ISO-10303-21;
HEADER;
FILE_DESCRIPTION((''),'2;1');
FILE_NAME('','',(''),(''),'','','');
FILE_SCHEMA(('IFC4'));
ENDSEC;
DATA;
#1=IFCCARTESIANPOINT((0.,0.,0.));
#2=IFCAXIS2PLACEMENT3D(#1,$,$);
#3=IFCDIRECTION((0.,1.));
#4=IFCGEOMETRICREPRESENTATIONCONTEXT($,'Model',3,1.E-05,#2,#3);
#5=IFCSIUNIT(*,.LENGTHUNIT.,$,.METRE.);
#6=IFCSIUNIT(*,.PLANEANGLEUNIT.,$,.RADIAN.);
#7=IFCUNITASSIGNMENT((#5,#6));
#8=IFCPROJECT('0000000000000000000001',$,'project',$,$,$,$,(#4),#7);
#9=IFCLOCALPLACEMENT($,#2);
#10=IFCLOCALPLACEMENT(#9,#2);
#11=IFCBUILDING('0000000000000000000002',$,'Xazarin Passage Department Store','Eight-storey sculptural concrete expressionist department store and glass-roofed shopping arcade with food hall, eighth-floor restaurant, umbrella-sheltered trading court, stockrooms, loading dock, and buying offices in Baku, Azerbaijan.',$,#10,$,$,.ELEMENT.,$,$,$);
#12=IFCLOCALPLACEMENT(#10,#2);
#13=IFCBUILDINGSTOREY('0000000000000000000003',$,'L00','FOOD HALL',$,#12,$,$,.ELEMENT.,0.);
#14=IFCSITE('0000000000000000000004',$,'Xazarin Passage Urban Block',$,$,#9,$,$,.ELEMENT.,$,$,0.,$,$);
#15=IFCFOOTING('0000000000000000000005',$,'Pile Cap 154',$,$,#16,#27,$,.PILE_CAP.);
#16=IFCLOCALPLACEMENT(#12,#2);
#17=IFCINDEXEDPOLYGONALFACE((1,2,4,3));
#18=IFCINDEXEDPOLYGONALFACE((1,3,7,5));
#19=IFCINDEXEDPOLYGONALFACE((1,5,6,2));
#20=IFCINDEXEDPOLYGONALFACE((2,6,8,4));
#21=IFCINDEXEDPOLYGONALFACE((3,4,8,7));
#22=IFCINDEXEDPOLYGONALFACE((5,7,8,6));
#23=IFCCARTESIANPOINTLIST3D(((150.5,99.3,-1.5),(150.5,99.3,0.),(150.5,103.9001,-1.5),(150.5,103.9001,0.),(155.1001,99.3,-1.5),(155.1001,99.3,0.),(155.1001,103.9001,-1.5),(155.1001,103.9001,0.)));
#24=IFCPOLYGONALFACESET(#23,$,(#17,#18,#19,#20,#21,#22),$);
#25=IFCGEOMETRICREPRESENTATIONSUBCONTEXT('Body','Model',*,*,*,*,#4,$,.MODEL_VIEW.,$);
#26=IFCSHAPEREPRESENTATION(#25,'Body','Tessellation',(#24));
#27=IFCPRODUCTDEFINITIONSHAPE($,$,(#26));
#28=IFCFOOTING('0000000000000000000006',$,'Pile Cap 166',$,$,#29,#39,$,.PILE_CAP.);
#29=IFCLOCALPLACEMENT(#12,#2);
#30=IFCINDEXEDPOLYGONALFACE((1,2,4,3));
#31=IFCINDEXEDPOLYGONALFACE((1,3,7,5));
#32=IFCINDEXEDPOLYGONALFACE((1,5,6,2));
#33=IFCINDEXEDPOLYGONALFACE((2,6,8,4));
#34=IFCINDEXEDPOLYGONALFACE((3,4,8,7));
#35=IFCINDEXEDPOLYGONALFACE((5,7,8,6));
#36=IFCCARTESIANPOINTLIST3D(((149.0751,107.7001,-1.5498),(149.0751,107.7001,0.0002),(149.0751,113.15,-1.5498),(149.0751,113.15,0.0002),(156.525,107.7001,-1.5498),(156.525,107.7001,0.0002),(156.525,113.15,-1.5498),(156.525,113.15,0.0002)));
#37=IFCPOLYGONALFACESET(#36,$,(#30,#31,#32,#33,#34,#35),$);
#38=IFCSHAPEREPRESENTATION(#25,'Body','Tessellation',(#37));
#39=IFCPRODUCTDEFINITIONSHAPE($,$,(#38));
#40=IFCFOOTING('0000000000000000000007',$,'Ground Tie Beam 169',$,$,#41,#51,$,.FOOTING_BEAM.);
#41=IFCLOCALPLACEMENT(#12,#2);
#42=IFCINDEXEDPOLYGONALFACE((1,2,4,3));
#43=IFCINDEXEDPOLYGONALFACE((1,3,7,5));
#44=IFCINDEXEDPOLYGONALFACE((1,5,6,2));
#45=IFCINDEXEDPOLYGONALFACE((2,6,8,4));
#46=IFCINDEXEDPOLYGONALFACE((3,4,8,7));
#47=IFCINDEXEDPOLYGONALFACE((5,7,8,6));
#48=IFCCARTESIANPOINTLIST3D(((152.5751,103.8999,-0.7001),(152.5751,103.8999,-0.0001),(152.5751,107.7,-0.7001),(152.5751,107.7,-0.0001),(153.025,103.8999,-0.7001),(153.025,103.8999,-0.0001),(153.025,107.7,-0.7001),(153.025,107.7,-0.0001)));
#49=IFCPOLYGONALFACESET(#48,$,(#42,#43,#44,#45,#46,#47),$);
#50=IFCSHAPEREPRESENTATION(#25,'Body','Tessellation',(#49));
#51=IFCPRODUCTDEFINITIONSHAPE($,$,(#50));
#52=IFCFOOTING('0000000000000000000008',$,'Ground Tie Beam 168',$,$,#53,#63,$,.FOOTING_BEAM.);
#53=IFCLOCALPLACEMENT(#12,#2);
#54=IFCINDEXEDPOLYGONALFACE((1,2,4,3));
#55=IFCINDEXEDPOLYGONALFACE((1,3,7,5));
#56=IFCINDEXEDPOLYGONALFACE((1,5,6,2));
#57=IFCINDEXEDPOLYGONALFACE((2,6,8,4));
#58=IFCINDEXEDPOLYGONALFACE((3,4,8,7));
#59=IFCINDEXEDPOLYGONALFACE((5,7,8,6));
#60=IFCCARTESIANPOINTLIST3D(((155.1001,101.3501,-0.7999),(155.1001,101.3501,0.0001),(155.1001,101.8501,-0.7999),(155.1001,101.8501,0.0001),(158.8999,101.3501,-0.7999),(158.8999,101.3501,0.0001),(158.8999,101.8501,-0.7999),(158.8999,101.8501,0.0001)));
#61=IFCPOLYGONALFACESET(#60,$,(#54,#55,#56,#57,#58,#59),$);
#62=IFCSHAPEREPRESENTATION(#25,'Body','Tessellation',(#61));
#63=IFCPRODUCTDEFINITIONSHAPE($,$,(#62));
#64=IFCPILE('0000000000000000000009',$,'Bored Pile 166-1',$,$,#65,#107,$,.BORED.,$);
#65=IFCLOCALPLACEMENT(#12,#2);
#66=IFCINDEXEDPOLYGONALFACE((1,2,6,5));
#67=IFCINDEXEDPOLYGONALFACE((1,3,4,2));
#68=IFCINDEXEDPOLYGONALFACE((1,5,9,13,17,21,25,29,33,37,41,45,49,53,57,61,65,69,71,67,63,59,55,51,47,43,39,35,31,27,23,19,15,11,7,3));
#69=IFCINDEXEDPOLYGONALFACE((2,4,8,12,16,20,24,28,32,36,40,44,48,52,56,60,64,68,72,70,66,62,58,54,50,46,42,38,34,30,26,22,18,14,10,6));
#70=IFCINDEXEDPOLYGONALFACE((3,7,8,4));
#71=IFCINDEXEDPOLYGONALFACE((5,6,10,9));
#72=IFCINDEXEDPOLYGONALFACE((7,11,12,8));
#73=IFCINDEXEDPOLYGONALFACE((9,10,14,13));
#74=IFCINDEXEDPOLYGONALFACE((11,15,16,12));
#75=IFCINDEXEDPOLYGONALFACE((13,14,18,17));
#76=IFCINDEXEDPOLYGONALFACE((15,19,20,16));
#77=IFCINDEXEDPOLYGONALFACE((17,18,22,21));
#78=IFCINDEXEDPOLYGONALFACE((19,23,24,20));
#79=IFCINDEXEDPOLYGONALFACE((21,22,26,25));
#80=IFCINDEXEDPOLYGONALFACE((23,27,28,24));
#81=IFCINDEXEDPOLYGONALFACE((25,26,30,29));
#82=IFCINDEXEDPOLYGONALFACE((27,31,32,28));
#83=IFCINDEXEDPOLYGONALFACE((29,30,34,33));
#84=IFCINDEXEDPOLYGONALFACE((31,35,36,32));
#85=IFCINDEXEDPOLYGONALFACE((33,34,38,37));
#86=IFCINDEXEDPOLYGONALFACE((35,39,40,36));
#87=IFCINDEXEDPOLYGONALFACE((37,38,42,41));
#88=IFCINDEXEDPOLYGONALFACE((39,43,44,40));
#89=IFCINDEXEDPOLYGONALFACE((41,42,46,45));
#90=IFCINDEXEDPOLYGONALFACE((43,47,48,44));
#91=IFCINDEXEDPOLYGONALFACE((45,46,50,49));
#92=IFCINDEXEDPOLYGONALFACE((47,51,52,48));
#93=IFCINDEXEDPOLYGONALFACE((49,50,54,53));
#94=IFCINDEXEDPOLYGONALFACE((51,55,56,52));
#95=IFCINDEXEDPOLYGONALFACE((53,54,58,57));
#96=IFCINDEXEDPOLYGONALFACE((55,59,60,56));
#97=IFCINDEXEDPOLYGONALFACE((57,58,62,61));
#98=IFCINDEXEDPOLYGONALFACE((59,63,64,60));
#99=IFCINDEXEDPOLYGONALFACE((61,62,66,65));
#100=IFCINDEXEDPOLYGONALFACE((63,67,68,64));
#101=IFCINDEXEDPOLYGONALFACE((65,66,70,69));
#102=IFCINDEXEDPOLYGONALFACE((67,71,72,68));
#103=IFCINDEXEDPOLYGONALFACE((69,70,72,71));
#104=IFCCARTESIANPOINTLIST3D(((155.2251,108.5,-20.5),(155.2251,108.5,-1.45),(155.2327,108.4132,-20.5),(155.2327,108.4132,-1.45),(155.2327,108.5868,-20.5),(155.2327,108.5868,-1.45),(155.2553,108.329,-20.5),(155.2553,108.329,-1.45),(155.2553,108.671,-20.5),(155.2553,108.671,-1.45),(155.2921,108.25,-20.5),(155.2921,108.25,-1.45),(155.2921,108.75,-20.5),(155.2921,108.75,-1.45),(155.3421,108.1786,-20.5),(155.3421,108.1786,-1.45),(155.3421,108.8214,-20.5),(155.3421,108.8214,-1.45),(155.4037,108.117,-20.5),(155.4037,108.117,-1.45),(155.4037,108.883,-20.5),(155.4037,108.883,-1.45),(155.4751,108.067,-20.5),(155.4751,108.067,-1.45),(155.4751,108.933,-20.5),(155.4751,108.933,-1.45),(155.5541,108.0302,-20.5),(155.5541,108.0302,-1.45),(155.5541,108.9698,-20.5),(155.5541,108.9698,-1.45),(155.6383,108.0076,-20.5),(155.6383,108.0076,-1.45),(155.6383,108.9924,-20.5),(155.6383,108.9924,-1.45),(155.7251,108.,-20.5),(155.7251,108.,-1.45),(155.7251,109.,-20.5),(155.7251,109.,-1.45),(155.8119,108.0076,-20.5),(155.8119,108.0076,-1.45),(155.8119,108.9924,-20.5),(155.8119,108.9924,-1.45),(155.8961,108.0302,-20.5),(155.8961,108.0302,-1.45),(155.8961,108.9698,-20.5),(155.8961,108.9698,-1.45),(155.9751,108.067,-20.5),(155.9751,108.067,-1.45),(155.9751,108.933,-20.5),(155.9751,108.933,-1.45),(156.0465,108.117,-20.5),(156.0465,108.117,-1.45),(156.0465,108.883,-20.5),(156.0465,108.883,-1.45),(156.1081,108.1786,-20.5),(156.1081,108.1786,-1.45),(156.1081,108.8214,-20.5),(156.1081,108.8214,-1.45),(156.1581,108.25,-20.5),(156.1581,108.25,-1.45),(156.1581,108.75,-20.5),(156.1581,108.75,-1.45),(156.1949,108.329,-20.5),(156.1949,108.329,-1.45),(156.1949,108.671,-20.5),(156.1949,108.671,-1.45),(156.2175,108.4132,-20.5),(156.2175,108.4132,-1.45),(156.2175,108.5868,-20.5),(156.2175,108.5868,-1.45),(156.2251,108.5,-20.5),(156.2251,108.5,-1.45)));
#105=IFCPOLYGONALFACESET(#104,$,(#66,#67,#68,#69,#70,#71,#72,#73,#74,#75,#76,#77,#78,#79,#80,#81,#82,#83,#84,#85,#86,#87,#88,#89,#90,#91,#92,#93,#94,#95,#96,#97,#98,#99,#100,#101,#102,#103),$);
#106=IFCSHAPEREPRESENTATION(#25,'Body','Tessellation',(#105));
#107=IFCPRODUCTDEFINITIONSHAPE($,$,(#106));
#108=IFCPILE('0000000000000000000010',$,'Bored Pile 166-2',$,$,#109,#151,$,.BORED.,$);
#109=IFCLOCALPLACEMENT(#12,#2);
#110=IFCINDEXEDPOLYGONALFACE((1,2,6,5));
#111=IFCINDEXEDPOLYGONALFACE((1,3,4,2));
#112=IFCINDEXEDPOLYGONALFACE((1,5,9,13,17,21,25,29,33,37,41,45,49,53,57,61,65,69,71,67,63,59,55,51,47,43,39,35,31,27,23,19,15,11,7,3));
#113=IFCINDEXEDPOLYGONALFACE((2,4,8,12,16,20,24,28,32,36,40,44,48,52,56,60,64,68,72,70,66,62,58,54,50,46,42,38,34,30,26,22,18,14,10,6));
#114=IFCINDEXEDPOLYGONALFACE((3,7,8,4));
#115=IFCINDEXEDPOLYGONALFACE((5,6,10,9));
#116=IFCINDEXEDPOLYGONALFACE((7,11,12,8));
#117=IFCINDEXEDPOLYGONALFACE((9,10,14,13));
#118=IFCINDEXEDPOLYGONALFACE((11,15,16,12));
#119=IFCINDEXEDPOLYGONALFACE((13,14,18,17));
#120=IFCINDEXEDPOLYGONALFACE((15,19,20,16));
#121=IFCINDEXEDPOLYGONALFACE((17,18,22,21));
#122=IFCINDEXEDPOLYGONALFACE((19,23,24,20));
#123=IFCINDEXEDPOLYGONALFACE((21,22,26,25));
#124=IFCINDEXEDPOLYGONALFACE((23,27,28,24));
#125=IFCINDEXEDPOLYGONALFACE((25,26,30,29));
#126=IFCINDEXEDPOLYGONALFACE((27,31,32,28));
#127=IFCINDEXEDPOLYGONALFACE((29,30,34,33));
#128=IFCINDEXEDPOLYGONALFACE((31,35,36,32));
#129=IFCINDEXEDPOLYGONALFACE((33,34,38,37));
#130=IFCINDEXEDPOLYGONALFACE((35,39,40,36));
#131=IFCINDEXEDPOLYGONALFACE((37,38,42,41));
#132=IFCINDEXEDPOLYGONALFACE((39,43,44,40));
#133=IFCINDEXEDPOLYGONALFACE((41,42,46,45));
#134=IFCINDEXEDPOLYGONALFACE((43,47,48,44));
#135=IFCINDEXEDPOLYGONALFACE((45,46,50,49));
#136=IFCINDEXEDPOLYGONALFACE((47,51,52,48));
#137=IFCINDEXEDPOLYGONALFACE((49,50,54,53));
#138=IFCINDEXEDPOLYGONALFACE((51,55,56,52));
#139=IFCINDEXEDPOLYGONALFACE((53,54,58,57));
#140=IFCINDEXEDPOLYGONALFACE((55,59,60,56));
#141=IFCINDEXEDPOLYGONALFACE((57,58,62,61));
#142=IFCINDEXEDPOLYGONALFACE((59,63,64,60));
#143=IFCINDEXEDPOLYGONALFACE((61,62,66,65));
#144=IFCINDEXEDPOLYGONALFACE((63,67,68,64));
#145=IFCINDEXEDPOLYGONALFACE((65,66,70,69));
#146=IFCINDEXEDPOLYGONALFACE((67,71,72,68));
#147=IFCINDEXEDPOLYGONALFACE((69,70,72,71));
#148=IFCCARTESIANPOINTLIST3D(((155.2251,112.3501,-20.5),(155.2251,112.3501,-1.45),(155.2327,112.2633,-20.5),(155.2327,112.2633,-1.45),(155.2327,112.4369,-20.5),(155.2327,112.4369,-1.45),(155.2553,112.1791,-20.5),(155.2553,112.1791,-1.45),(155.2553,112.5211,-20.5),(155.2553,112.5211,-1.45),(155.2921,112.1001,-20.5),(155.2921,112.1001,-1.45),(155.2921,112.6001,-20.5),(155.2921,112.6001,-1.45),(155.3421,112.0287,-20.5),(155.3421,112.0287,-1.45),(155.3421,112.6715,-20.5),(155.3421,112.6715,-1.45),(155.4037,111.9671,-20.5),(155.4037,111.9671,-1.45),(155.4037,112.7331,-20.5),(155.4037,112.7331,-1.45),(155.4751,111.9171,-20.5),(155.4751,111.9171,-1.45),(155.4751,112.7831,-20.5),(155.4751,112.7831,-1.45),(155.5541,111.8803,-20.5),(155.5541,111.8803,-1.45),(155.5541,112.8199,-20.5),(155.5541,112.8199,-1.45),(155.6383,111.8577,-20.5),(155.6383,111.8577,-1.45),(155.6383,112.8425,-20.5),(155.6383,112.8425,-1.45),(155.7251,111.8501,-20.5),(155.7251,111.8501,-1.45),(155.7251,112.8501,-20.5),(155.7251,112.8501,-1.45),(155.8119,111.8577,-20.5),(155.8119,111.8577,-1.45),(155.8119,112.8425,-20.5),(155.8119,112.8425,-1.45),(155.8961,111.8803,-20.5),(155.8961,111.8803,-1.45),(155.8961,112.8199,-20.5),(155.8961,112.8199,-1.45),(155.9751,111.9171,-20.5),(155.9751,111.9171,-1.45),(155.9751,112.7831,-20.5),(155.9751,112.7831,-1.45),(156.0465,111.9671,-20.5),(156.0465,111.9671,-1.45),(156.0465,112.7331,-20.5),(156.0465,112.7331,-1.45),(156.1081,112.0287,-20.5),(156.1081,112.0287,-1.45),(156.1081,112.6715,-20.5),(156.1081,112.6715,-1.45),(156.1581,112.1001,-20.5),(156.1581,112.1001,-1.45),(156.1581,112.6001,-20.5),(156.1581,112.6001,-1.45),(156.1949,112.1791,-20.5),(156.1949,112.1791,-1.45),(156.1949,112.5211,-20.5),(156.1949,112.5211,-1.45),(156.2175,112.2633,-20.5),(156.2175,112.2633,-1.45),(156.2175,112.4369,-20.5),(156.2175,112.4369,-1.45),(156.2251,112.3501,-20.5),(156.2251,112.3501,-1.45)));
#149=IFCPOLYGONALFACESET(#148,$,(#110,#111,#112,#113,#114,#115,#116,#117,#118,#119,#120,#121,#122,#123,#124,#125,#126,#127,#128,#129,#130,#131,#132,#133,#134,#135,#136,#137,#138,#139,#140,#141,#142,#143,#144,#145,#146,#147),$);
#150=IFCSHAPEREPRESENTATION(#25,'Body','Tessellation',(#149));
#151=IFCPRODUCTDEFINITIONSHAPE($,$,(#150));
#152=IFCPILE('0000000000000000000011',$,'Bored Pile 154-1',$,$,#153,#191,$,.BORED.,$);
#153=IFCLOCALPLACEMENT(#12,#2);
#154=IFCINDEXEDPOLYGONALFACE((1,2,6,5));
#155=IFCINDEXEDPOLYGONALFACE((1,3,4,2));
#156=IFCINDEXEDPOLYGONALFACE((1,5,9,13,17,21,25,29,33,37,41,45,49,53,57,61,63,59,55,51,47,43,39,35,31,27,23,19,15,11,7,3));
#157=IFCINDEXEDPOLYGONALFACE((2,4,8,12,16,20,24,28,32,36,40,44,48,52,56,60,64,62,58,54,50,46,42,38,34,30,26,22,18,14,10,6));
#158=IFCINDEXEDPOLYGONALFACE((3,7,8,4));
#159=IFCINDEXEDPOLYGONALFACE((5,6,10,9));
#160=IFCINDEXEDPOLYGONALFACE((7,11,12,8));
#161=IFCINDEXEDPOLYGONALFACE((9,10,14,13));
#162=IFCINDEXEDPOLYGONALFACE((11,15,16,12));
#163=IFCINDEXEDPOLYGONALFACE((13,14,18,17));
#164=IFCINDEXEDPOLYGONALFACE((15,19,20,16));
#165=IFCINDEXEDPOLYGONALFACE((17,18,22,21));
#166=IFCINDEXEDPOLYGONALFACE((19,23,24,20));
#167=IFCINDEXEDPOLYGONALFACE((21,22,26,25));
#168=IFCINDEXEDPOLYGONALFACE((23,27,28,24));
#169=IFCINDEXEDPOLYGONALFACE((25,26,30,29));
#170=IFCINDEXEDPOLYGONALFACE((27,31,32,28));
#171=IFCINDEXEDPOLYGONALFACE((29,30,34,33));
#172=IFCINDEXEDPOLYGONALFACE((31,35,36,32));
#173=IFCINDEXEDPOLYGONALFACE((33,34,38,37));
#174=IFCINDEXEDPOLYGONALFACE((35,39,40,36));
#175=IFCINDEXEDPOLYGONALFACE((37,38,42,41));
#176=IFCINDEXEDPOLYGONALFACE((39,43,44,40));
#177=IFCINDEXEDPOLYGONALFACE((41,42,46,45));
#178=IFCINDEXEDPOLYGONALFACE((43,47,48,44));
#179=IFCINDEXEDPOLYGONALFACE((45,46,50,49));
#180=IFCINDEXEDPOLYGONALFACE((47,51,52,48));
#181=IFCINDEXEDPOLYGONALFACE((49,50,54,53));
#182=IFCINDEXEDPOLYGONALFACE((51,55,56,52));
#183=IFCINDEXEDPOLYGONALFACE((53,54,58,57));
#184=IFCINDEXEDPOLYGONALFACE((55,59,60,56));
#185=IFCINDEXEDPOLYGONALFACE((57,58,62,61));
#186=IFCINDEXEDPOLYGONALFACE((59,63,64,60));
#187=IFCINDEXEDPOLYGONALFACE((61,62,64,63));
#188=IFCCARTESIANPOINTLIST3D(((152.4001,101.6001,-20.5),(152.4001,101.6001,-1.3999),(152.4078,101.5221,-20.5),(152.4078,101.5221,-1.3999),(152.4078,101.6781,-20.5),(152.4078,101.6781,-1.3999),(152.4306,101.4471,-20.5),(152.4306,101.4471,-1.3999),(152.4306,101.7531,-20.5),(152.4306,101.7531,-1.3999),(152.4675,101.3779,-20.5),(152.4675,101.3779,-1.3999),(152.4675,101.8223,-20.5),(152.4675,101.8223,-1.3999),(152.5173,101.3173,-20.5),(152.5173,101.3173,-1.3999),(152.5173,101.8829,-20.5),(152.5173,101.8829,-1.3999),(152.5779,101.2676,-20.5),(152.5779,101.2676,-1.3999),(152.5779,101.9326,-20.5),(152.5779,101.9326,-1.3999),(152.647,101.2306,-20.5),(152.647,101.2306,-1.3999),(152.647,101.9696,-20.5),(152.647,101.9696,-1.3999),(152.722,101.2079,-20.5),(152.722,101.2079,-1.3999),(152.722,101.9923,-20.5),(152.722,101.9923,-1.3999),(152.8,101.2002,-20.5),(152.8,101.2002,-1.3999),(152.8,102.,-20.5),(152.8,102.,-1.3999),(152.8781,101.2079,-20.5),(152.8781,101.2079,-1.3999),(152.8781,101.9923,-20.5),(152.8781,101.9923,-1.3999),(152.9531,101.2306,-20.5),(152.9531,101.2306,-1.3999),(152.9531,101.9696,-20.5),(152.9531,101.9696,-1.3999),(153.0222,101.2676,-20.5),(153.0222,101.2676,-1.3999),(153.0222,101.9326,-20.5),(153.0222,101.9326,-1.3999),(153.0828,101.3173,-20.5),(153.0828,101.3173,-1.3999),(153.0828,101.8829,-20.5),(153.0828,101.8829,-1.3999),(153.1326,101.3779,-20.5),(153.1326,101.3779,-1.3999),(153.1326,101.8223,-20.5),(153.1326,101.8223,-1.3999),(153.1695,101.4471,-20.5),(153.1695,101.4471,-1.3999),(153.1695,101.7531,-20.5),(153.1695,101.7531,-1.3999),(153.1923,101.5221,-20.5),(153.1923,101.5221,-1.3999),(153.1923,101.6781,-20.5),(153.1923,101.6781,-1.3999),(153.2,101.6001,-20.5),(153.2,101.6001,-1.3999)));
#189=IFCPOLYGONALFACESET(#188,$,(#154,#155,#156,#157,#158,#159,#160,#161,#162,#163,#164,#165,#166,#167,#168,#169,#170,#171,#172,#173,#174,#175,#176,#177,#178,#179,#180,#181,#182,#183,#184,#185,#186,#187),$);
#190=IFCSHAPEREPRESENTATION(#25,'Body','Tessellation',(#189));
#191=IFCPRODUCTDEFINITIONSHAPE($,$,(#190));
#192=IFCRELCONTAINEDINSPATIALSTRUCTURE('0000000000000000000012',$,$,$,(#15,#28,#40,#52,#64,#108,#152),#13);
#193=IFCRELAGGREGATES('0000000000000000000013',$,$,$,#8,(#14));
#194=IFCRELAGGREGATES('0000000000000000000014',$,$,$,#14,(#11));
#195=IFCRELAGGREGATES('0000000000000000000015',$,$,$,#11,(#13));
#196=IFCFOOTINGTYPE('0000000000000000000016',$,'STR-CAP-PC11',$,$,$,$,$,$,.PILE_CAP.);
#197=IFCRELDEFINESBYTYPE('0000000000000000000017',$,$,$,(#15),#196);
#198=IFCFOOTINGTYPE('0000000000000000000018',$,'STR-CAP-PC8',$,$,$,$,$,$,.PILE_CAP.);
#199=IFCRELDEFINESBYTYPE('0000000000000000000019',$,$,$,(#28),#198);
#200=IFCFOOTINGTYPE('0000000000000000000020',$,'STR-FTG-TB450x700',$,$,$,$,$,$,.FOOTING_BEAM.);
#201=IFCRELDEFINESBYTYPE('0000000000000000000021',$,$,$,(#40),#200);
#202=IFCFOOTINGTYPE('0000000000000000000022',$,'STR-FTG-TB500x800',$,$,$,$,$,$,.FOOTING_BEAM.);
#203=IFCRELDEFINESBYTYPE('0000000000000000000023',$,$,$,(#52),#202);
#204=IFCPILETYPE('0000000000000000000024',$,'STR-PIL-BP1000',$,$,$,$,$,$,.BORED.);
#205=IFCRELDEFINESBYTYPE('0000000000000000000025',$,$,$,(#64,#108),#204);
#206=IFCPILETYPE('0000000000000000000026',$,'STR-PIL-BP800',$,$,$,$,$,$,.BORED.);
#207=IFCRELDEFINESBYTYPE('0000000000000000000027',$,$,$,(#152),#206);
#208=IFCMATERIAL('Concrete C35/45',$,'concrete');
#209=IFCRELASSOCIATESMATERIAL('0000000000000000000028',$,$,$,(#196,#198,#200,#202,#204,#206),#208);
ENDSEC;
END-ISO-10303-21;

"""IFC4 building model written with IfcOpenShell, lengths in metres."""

from ifc_helpers import new_model, si_unit, direction, frame, origin, origin_2d, place, context, subcontext, project, spatial, rectangle, circle, extrude, material, material_profile, profile_set, type_object, element, save


model = new_model("IFC4")

# Units and contexts
model_context = context("Model", 3, precision=1e-05, world=origin(), true_north=direction((0.0, 1.0)))
body_context = subcontext(model_context, "Body", "Model", "MODEL_VIEW")
ifc_project = project(units=[si_unit("LENGTHUNIT", "METRE"), si_unit("PLANEANGLEUNIT", "RADIAN")], contexts=[model_context])

# Site, building, storey
site_placement = place(None, origin())
site = spatial("IfcSite", under=ifc_project, at=site_placement, Name="Xazarin Passage Urban Block", CompositionType="ELEMENT", RefElevation=0.0)
building_placement = place(site_placement, origin())
building = spatial("IfcBuilding", under=site, at=building_placement, Name="Xazarin Passage Department Store", Description="Eight-storey sculptural concrete expressionist department store and glass-roofed shopping arcade with food hall, eighth-floor restaurant, umbrella-sheltered trading court, stockrooms, loading dock, and buying offices in Baku, Azerbaijan.", CompositionType="ELEMENT")
storey_placement = place(building_placement, origin())
storey = spatial("IfcBuildingStorey", under=building, at=storey_placement, Name="L00", Description="FOOD HALL", CompositionType="ELEMENT", Elevation=0.0)

# Footings
ifc_material_1 = material(Name="Concrete C35/45", Category="concrete")
footing_type_1 = type_object("IfcFootingType", Name="STR-CAP-PC11", PredefinedType="PILE_CAP", material=ifc_material_1)
footing_1_placement = place(storey_placement, frame((152.8, 101.6001, -1.5), z_axis=(0.0, 0.0, 1.0), x_axis=(1.0, 0.0, 0.0)))
element("IfcFooting", 1, at=footing_1_placement, inside=storey, type_object=footing_type_1, Name="Pile Cap 154", PredefinedType="PILE_CAP", context=body_context, shape_type="SweptSolid", body=[
    extrude(rectangle(XDim=4.6001, YDim=4.6001, at=origin_2d()), origin(), (0.0, 0.0, 1.0), 1.5),
])
footing_type_2 = type_object("IfcFootingType", Name="STR-CAP-PC8", PredefinedType="PILE_CAP", material=ifc_material_1)
footing_2_placement = place(storey_placement, frame((152.8, 110.425, -1.5498), z_axis=(0.0, 0.0, 1.0), x_axis=(1.0, 0.0, 0.0)))
element("IfcFooting", 2, at=footing_2_placement, inside=storey, type_object=footing_type_2, Name="Pile Cap 166", PredefinedType="PILE_CAP", context=body_context, shape_type="SweptSolid", body=[
    extrude(rectangle(XDim=7.45, YDim=5.45, at=origin_2d()), origin(), (0.0, 0.0, 1.0), 1.55),
])
ifc_material_profile_1 = material_profile(ifc_material_1, rectangle(XDim=0.45, YDim=0.7, at=origin_2d()), Name="RC 450x700")
ifc_profile_set_1 = profile_set([ifc_material_profile_1], Name="Concrete C35/45")
footing_type_3 = type_object("IfcFootingType", Name="STR-FTG-TB450x700", PredefinedType="FOOTING_BEAM", material=ifc_profile_set_1)
footing_3_placement = place(storey_placement, frame((152.8, 103.8999, -0.3501), z_axis=(0.0, 1.0, 0.0), x_axis=(-1.0, 0.0, 0.0)))
element("IfcFooting", 3, at=footing_3_placement, inside=storey, type_object=footing_type_3, Name="Ground Tie Beam 169", PredefinedType="FOOTING_BEAM", context=body_context, shape_type="SweptSolid", body=[
    extrude(rectangle(XDim=0.45, YDim=0.7, at=origin_2d()), origin(), (0.0, 0.0, 1.0), 3.8),
])
ifc_material_profile_2 = material_profile(ifc_material_1, rectangle(XDim=0.5, YDim=0.8, at=origin_2d()), Name="RC 500x800")
ifc_profile_set_2 = profile_set([ifc_material_profile_2], Name="Concrete C35/45")
footing_type_4 = type_object("IfcFootingType", Name="STR-FTG-TB500x800", PredefinedType="FOOTING_BEAM", material=ifc_profile_set_2)
footing_4_placement = place(storey_placement, frame((155.1001, 101.6001, -0.3999), z_axis=(1.0, 0.0, 0.0), x_axis=(0.0, 1.0, 0.0)))
element("IfcFooting", 4, at=footing_4_placement, inside=storey, type_object=footing_type_4, Name="Ground Tie Beam 168", PredefinedType="FOOTING_BEAM", context=body_context, shape_type="SweptSolid", body=[
    extrude(rectangle(XDim=0.5, YDim=0.8, at=origin_2d()), origin(), (0.0, 0.0, 1.0), 3.7998),
])

# Piles
ifc_material_profile_3 = material_profile(ifc_material_1, circle(Radius=0.5, at=origin_2d()), Name="BP 1000")
ifc_profile_set_3 = profile_set([ifc_material_profile_3], Name="Concrete C35/45")
pile_type_1 = type_object("IfcPileType", Name="STR-PIL-BP1000", PredefinedType="BORED", material=ifc_profile_set_3)
for number, where, z_axis, x_axis, name in (
    (5, (155.7251, 108.5, -1.45), (0.0, 0.0, -1.0), (1.0, 0.0, 0.0), "Bored Pile 166-1"),
    (6, (155.7251, 112.3501, -1.45), (0.0, 0.0, -1.0), (1.0, 0.0, 0.0), "Bored Pile 166-2"),
):
    element("IfcPile", number, at=place(storey_placement, frame(where, z_axis=z_axis, x_axis=x_axis)), inside=storey, type_object=pile_type_1, Name=name, PredefinedType="BORED", context=body_context, shape_type="SweptSolid", body=[
        extrude(circle(Radius=0.5, at=origin_2d()), origin(), (0.0, 0.0, 1.0), 19.05),
    ])
ifc_material_profile_4 = material_profile(ifc_material_1, circle(Radius=0.3999, at=origin_2d()), Name="BP 800")
ifc_profile_set_4 = profile_set([ifc_material_profile_4], Name="Concrete C35/45")
pile_type_2 = type_object("IfcPileType", Name="STR-PIL-BP800", PredefinedType="BORED", material=ifc_profile_set_4)
pile_placement = place(storey_placement, frame((152.8, 101.6001, -1.3999), z_axis=(0.0, 0.0, -1.0), x_axis=(1.0, 0.0, 0.0)))
element("IfcPile", 7, at=pile_placement, inside=storey, type_object=pile_type_2, Name="Bored Pile 154-1", PredefinedType="BORED", context=body_context, shape_type="SweptSolid", body=[
    extrude(circle(Radius=0.3999, at=origin_2d()), origin(), (0.0, 0.0, 1.0), 19.1001),
])

save(model, "model.ifc")
